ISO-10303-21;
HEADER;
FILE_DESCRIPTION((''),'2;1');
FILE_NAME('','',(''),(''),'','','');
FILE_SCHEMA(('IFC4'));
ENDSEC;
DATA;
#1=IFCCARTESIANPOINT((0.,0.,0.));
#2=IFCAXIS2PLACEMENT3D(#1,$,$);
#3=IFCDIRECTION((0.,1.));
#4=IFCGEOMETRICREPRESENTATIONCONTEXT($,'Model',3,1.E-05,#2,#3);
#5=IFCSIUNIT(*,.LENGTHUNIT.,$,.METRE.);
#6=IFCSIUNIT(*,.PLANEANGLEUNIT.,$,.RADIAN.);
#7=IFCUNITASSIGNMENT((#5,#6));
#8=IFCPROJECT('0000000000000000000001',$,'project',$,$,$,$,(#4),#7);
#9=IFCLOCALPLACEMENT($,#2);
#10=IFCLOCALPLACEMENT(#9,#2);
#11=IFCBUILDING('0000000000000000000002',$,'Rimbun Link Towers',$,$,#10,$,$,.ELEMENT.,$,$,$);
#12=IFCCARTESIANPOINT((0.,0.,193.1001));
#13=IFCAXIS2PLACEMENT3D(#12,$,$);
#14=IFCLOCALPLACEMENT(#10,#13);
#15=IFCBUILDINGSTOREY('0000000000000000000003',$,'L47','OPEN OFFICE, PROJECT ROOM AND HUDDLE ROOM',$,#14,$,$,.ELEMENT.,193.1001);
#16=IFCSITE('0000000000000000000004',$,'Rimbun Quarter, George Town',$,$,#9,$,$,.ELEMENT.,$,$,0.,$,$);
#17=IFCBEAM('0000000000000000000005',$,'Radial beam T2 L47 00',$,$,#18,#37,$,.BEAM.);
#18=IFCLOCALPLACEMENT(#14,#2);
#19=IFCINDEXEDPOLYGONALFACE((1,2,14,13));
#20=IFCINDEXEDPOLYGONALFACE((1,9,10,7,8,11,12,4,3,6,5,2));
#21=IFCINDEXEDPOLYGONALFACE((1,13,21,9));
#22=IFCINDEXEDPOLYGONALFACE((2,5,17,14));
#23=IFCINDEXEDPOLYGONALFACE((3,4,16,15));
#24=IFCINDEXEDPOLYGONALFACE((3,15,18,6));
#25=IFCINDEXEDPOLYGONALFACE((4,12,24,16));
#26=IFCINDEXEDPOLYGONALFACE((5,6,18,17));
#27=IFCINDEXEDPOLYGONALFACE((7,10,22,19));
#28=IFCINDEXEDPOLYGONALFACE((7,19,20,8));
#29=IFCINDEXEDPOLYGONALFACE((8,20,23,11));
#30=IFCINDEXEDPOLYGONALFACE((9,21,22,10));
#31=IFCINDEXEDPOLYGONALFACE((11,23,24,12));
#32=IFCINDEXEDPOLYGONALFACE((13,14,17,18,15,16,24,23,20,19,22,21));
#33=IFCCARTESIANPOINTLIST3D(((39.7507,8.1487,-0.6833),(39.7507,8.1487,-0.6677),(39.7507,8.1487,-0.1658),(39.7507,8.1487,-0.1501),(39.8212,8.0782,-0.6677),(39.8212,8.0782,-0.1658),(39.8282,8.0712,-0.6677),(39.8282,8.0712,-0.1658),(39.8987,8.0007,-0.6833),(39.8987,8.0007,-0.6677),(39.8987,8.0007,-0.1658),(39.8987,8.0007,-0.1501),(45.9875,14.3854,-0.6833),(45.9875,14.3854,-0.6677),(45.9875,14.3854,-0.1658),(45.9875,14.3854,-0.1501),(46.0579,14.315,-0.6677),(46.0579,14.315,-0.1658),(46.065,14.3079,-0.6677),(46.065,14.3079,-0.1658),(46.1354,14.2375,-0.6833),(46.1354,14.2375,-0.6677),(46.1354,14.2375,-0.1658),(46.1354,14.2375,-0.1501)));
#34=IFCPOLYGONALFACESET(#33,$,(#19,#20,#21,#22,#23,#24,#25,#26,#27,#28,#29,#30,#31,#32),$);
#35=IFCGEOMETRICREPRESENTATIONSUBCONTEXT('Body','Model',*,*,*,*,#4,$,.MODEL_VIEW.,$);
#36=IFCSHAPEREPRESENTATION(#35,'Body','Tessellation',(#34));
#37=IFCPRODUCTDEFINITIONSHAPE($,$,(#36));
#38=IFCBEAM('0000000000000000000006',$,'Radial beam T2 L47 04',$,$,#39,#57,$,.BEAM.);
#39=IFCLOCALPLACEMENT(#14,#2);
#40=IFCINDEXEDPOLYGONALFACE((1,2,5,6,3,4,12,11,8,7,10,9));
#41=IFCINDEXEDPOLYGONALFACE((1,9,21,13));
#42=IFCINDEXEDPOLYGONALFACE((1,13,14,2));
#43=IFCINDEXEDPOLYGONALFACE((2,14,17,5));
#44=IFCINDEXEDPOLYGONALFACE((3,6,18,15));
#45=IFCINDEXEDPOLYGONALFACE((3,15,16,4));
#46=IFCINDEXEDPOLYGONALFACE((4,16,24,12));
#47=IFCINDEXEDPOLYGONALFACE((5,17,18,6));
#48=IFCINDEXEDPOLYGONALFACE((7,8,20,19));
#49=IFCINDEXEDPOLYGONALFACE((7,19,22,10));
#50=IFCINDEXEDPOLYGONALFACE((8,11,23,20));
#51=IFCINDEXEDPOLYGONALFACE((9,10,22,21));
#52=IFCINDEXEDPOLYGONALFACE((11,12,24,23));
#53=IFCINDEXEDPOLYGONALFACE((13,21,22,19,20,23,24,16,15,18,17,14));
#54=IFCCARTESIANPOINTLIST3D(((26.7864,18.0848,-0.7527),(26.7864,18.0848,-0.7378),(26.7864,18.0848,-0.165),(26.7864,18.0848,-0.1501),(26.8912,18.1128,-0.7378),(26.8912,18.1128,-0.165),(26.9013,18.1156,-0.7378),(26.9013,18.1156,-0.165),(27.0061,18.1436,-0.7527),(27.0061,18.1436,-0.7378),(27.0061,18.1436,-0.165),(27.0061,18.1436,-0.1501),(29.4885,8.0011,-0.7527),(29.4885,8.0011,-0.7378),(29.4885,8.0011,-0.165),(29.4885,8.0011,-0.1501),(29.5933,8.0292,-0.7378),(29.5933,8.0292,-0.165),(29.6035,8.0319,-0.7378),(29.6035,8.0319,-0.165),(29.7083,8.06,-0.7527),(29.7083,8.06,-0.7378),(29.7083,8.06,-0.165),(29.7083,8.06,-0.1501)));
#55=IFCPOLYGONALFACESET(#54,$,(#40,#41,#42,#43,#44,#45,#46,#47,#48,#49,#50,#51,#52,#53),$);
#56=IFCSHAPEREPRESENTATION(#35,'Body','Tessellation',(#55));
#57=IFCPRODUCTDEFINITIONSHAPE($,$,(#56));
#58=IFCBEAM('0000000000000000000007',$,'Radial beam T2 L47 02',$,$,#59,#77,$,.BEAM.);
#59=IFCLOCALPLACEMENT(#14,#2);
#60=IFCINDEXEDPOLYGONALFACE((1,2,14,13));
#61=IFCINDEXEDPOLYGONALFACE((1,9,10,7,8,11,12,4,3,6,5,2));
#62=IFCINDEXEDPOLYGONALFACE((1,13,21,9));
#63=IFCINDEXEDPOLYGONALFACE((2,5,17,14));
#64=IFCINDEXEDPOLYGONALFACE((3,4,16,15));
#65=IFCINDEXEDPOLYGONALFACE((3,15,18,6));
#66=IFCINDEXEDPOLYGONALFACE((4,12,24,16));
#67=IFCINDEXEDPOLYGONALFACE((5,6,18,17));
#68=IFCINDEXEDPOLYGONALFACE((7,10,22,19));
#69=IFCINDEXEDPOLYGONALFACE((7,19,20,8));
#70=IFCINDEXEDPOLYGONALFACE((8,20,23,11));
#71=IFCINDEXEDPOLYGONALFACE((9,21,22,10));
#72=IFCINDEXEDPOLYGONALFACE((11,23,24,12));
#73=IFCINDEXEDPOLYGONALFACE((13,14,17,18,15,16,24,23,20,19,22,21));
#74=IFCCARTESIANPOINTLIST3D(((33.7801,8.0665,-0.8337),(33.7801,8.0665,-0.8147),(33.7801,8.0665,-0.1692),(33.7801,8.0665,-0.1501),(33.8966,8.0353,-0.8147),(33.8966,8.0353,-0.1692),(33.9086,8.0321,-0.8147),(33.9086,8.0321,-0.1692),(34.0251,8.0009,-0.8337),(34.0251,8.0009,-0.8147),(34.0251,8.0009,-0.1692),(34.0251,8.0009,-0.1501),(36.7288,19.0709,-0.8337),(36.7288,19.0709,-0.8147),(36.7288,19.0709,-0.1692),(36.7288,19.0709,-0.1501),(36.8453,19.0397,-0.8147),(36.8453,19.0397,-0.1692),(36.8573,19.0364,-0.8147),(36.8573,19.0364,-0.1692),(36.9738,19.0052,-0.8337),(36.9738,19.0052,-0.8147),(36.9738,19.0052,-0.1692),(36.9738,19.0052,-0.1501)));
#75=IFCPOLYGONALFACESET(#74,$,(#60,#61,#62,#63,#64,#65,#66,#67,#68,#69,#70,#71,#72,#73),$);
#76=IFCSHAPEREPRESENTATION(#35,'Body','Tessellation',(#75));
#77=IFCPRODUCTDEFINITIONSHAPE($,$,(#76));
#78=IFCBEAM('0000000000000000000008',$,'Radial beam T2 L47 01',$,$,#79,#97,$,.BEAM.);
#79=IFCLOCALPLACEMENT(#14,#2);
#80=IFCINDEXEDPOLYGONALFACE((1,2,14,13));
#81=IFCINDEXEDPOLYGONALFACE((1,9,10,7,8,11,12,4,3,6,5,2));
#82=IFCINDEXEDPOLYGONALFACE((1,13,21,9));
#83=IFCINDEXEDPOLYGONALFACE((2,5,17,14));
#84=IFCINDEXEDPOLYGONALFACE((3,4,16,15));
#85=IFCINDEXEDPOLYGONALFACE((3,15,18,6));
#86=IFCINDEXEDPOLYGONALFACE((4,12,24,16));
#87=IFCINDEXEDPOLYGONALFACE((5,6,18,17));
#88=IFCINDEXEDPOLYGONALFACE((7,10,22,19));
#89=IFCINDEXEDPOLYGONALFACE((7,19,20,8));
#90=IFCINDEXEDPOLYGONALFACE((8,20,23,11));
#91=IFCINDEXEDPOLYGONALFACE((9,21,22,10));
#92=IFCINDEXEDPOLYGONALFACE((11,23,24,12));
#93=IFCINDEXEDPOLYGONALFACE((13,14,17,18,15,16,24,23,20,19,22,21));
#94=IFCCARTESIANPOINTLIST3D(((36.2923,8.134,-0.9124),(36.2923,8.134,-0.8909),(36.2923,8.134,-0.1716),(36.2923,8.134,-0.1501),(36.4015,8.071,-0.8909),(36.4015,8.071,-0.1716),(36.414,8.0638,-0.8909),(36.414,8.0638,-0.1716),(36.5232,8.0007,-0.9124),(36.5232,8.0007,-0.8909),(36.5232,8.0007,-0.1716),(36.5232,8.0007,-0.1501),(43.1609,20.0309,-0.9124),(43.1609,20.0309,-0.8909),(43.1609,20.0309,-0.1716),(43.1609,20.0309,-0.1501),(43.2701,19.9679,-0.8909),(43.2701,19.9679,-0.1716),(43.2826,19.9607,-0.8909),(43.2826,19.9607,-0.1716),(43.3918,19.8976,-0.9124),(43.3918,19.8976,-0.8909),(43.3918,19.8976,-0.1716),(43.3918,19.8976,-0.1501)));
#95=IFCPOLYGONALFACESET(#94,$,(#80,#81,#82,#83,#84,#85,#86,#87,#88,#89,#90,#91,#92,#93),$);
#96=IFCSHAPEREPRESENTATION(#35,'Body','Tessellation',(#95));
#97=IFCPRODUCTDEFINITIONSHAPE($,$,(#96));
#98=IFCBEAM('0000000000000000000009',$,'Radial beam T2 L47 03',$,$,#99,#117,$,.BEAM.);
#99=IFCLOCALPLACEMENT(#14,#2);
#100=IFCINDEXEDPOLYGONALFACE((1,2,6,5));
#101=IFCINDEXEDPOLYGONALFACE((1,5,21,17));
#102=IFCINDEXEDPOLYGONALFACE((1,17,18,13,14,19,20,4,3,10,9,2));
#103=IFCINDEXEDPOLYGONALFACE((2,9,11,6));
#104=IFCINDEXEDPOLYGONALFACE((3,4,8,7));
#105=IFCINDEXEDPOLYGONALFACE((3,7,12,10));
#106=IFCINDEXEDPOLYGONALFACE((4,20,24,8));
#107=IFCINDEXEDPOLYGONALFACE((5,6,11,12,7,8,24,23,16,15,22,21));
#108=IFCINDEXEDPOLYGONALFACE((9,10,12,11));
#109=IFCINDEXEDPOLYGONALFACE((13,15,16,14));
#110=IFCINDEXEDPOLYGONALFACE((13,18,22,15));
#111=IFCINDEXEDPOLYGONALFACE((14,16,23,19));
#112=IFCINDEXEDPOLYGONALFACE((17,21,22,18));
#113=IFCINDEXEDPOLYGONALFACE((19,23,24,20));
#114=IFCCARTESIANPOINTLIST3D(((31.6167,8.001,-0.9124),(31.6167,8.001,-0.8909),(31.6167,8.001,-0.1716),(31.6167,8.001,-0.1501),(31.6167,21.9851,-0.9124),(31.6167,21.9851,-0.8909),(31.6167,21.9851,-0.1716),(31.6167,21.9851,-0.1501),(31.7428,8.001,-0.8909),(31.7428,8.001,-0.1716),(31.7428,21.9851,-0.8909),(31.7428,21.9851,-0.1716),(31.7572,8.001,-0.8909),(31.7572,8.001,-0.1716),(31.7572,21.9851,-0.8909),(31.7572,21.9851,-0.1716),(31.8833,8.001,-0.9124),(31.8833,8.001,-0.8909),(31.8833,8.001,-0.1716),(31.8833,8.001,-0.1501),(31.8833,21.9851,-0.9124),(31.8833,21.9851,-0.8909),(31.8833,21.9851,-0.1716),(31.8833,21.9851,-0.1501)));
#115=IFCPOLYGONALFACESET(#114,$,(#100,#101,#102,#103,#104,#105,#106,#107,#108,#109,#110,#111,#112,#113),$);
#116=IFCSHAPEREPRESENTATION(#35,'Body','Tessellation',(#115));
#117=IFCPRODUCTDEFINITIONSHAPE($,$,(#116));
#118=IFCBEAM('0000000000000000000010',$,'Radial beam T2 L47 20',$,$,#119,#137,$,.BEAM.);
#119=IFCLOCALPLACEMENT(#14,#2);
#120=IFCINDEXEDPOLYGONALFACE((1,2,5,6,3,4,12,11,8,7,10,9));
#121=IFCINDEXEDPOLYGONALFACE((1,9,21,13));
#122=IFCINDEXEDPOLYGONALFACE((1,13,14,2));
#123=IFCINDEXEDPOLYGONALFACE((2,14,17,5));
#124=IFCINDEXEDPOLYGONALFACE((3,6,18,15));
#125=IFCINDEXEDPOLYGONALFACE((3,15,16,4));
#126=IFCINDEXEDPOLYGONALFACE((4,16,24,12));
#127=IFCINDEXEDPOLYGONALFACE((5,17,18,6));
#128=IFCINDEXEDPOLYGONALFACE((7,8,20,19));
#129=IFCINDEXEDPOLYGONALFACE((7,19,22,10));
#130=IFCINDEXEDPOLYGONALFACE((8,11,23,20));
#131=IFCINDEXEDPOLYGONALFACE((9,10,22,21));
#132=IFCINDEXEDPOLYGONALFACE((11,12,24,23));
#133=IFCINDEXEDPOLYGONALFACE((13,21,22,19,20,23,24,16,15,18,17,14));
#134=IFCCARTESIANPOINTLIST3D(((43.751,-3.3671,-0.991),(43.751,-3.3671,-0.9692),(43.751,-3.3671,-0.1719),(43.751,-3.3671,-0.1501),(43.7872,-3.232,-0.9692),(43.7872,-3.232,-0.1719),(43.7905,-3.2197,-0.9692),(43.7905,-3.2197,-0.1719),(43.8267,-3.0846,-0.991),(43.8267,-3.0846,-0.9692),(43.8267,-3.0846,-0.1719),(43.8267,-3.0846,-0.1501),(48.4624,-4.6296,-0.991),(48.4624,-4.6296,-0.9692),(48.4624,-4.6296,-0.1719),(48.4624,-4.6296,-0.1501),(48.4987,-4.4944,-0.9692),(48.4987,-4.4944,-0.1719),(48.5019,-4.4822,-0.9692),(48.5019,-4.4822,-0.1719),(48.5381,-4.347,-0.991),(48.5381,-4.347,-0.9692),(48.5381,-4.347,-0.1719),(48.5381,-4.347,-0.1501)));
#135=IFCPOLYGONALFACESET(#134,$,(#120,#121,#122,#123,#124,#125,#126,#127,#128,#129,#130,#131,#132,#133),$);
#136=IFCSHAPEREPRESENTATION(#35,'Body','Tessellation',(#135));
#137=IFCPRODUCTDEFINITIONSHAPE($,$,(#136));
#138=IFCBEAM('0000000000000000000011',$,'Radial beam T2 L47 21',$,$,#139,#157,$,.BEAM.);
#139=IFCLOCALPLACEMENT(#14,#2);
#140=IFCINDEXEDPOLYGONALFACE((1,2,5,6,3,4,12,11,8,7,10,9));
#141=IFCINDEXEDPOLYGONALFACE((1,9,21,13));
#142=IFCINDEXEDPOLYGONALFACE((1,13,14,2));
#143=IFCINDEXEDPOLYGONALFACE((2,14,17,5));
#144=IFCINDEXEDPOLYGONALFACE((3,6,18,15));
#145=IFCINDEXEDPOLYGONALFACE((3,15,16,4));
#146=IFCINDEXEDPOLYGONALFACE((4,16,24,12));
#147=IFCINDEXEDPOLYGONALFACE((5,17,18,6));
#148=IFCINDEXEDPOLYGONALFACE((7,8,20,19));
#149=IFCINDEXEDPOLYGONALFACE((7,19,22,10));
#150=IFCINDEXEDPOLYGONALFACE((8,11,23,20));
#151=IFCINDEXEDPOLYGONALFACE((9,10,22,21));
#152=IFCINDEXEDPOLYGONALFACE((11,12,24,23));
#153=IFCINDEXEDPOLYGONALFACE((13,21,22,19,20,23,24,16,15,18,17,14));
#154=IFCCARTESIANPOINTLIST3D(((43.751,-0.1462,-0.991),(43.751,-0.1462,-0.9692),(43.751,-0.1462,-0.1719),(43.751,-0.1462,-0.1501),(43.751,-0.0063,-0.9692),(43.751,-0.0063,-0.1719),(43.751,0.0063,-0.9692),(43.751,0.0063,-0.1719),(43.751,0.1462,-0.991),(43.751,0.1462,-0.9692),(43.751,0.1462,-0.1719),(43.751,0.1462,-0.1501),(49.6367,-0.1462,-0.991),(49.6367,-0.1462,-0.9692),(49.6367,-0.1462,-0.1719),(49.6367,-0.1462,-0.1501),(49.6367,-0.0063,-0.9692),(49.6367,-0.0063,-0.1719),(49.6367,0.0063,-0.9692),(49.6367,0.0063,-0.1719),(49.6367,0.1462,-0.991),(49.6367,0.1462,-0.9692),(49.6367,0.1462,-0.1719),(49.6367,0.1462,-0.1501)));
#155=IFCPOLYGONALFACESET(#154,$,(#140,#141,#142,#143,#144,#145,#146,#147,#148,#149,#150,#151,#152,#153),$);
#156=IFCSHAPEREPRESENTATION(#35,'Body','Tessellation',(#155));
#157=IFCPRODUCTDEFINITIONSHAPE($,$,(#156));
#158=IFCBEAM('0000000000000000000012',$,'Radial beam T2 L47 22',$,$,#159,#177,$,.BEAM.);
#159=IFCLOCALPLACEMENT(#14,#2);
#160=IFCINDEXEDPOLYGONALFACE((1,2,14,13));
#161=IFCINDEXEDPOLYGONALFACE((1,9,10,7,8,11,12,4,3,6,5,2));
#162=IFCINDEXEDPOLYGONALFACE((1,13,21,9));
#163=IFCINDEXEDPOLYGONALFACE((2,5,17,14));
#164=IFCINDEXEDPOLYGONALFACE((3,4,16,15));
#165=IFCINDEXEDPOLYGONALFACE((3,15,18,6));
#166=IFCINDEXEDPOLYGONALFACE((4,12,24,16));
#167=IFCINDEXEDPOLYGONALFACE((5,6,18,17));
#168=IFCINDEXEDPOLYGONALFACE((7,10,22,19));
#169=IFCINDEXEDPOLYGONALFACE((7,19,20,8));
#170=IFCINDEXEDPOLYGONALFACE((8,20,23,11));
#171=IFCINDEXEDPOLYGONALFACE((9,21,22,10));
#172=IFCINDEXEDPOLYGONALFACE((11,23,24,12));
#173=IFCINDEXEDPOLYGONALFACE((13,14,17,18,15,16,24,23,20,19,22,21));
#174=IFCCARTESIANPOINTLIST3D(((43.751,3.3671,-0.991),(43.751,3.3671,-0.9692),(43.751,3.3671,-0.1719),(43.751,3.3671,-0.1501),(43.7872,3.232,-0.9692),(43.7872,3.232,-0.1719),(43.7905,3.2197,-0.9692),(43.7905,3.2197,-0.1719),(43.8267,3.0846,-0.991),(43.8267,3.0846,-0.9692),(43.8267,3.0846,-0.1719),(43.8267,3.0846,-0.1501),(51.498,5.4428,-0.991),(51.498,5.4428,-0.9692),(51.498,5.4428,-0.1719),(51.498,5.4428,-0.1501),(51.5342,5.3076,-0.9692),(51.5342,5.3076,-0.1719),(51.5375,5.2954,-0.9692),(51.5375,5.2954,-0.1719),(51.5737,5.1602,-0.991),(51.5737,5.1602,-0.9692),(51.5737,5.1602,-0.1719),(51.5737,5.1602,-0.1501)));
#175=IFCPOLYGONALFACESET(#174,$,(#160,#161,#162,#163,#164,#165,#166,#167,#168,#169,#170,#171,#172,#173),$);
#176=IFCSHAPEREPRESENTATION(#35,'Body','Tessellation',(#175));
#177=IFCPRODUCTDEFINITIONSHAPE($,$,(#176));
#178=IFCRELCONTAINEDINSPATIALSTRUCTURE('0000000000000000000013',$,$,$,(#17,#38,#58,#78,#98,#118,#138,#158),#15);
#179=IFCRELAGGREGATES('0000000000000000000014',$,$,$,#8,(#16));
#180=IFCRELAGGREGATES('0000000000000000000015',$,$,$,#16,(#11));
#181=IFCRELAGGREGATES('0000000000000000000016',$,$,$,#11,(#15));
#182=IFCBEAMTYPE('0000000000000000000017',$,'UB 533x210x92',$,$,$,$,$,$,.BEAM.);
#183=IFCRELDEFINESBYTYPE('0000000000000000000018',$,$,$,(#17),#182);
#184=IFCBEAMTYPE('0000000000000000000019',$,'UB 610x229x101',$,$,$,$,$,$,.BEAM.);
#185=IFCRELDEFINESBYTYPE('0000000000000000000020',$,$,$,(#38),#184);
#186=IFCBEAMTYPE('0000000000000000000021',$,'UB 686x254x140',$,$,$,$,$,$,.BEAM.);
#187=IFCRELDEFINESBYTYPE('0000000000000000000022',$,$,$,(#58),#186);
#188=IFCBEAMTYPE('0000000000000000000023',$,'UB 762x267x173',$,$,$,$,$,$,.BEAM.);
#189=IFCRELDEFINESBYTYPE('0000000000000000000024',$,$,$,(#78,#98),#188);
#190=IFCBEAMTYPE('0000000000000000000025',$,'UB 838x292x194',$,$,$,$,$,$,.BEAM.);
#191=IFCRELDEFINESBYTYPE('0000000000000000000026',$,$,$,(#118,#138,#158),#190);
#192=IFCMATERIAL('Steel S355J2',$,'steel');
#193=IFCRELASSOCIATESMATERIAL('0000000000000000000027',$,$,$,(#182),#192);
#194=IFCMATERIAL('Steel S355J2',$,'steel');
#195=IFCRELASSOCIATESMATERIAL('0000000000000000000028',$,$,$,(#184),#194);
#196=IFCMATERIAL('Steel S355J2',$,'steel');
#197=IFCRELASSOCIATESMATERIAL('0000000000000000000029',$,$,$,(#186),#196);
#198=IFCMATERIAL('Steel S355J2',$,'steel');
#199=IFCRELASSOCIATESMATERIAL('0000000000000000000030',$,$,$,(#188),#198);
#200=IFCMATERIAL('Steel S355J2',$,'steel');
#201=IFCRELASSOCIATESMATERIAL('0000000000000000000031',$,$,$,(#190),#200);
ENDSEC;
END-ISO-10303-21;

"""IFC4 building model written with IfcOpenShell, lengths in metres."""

from ifc_helpers import new_model, si_unit, direction, frame, origin, origin_2d, place, context, subcontext, project, spatial, i_section, extrude, material, material_profile, profile_set, type_object, element, save


model = new_model("IFC4")

# Units and contexts
model_context = context("Model", 3, precision=1e-05, world=origin(), true_north=direction((0.0, 1.0)))
body_context = subcontext(model_context, "Body", "Model", "MODEL_VIEW")
ifc_project = project(units=[si_unit("LENGTHUNIT", "METRE"), si_unit("PLANEANGLEUNIT", "RADIAN")], contexts=[model_context])

# Site, building, storey
site_placement = place(None, origin())
site = spatial("IfcSite", under=ifc_project, at=site_placement, Name="Rimbun Quarter, George Town", CompositionType="ELEMENT", RefElevation=0.0)
building_placement = place(site_placement, origin())
building = spatial("IfcBuilding", under=site, at=building_placement, Name="Rimbun Link Towers", CompositionType="ELEMENT")
storey_placement = place(building_placement, frame((0.0, 0.0, 193.1001)))
storey = spatial("IfcBuildingStorey", under=building, at=storey_placement, Name="L47", Description="OPEN OFFICE, PROJECT ROOM AND HUDDLE ROOM", CompositionType="ELEMENT", Elevation=193.1001)

# Beams
ifc_material_1 = material(Name="Steel S355J2", Category="steel")
ifc_material_profile_1 = material_profile(ifc_material_1, i_section(OverallWidth=0.2092, OverallDepth=0.5332, WebThickness=0.01, FlangeThickness=0.0156, at=origin_2d()), Name="UB 533x210x92")
ifc_profile_set_1 = profile_set([ifc_material_profile_1], Name="Steel S355J2")
beam_type_1 = type_object("IfcBeamType", Name="UB 533x210x92", PredefinedType="BEAM", material=ifc_profile_set_1)
beam_1_placement = place(storey_placement, frame((39.8247, 8.0747, -0.4167), z_axis=(0.707107, 0.707107, 0.0), x_axis=(-0.707107, 0.707107, 0.0)))
element("IfcBeam", 1, at=beam_1_placement, inside=storey, type_object=beam_type_1, Name="Radial beam T2 L47 00", PredefinedType="BEAM", context=body_context, shape_type="SweptSolid", body=[
    extrude(i_section(OverallWidth=0.2092, OverallDepth=0.5332, WebThickness=0.01, FlangeThickness=0.0156, at=origin_2d()), origin(), (0.0, 0.0, 1.0), 8.8201),
])
ifc_material_2 = material(Name="Steel S355J2", Category="steel")
ifc_material_profile_2 = material_profile(ifc_material_2, i_section(OverallWidth=0.2275, OverallDepth=0.6025, WebThickness=0.0105, FlangeThickness=0.0149, at=origin_2d()), Name="UB 610x229x101")
ifc_profile_set_2 = profile_set([ifc_material_profile_2], Name="Steel S355J2")
beam_type_2 = type_object("IfcBeamType", Name="UB 610x229x101", PredefinedType="BEAM", material=ifc_profile_set_2)
beam_2_placement = place(storey_placement, frame((29.5984, 8.0305, -0.4514), z_axis=(-0.258839, 0.965921, 0.0), x_axis=(-0.965921, -0.258839, 0.0)))
element("IfcBeam", 2, at=beam_2_placement, inside=storey, type_object=beam_type_2, Name="Radial beam T2 L47 04", PredefinedType="BEAM", context=body_context, shape_type="SweptSolid", body=[
    extrude(i_section(OverallWidth=0.2275, OverallDepth=0.6025, WebThickness=0.0105, FlangeThickness=0.0149, at=origin_2d()), origin(), (0.0, 0.0, 1.0), 10.4395),
])
ifc_material_3 = material(Name="Steel S355J2", Category="steel")
ifc_material_profile_3 = material_profile(ifc_material_3, i_section(OverallWidth=0.2537, OverallDepth=0.6836, WebThickness=0.0125, FlangeThickness=0.019, at=origin_2d()), Name="UB 686x254x140")
ifc_profile_set_3 = profile_set([ifc_material_profile_3], Name="Steel S355J2")
beam_type_3 = type_object("IfcBeamType", Name="UB 686x254x140", PredefinedType="BEAM", material=ifc_profile_set_3)
beam_3_placement = place(storey_placement, frame((33.9026, 8.0337, -0.4919), z_axis=(0.258828, 0.965923, 0.0), x_axis=(-0.965923, 0.258828, 0.0)))
element("IfcBeam", 3, at=beam_3_placement, inside=storey, type_object=beam_type_3, Name="Radial beam T2 L47 02", PredefinedType="BEAM", context=body_context, shape_type="SweptSolid", body=[
    extrude(i_section(OverallWidth=0.2537, OverallDepth=0.6836, WebThickness=0.0125, FlangeThickness=0.019, at=origin_2d()), origin(), (0.0, 0.0, 1.0), 11.3926),
])
ifc_material_4 = material(Name="Steel S355J2", Category="steel")
ifc_material_profile_4 = material_profile(ifc_material_4, i_section(OverallWidth=0.2666, OverallDepth=0.7622, WebThickness=0.0144, FlangeThickness=0.0215, at=origin_2d()), Name="UB 762x267x173")
ifc_profile_set_4 = profile_set([ifc_material_profile_4], Name="Steel S355J2")
beam_type_4 = type_object("IfcBeamType", Name="UB 762x267x173", PredefinedType="BEAM", material=ifc_profile_set_4)
beam_4_placement = place(storey_placement, frame((36.4077, 8.0674, -0.5312), z_axis=(0.499996, 0.866028, 0.0), x_axis=(-0.866028, 0.499996, 0.0)))
element("IfcBeam", 4, at=beam_4_placement, inside=storey, type_object=beam_type_4, Name="Radial beam T2 L47 01", PredefinedType="BEAM", context=body_context, shape_type="SweptSolid", body=[
    extrude(i_section(OverallWidth=0.2666, OverallDepth=0.7622, WebThickness=0.0144, FlangeThickness=0.0215, at=origin_2d()), origin(), (0.0, 0.0, 1.0), 13.7373),
])
beam_5_placement = place(storey_placement, frame((31.75, 8.001, -0.5312), z_axis=(0.0, 1.0, 0.0), x_axis=(-1.0, 0.0, 0.0)))
element("IfcBeam", 5, at=beam_5_placement, inside=storey, type_object=beam_type_4, Name="Radial beam T2 L47 03", PredefinedType="BEAM", context=body_context, shape_type="SweptSolid", body=[
    extrude(i_section(OverallWidth=0.2666, OverallDepth=0.7622, WebThickness=0.0144, FlangeThickness=0.0215, at=origin_2d()), origin(), (0.0, 0.0, 1.0), 13.9841),
])
ifc_material_5 = material(Name="Steel S355J2", Category="steel")
ifc_material_profile_5 = material_profile(ifc_material_5, i_section(OverallWidth=0.2925, OverallDepth=0.8408, WebThickness=0.0127, FlangeThickness=0.0217, at=origin_2d()), Name="UB 838x292x194")
ifc_profile_set_5 = profile_set([ifc_material_profile_5], Name="Steel S355J2")
beam_type_5 = type_object("IfcBeamType", Name="UB 838x292x194", PredefinedType="BEAM", material=ifc_profile_set_5)
beam_6_placement = place(storey_placement, frame((43.7888, -3.2258, -0.5706), z_axis=(0.965924, -0.258824, 0.0), x_axis=(0.258824, 0.965924, 0.0)))
element("IfcBeam", 6, at=beam_6_placement, inside=storey, type_object=beam_type_5, Name="Radial beam T2 L47 20", PredefinedType="BEAM", context=body_context, shape_type="SweptSolid", body=[
    extrude(i_section(OverallWidth=0.2925, OverallDepth=0.8408, WebThickness=0.0127, FlangeThickness=0.0217, at=origin_2d()), origin(), (0.0, 0.0, 1.0), 4.8777),
])
beam_7_placement = place(storey_placement, frame((43.751, 0.0, -0.5706), z_axis=(1.0, 0.0, 0.0), x_axis=(0.0, 1.0, 0.0)))
element("IfcBeam", 7, at=beam_7_placement, inside=storey, type_object=beam_type_5, Name="Radial beam T2 L47 21", PredefinedType="BEAM", context=body_context, shape_type="SweptSolid", body=[
    extrude(i_section(OverallWidth=0.2925, OverallDepth=0.8408, WebThickness=0.0127, FlangeThickness=0.0217, at=origin_2d()), origin(), (0.0, 0.0, 1.0), 5.8857),
])
beam_8_placement = place(storey_placement, frame((43.7888, 3.2258, -0.5706), z_axis=(0.96593, 0.258803, 0.0), x_axis=(-0.258803, 0.96593, 0.0)))
element("IfcBeam", 8, at=beam_8_placement, inside=storey, type_object=beam_type_5, Name="Radial beam T2 L47 22", PredefinedType="BEAM", context=body_context, shape_type="SweptSolid", body=[
    extrude(i_section(OverallWidth=0.2925, OverallDepth=0.8408, WebThickness=0.0127, FlangeThickness=0.0217, at=origin_2d()), origin(), (0.0, 0.0, 1.0), 8.0203),
])

save(model, "model.ifc")
